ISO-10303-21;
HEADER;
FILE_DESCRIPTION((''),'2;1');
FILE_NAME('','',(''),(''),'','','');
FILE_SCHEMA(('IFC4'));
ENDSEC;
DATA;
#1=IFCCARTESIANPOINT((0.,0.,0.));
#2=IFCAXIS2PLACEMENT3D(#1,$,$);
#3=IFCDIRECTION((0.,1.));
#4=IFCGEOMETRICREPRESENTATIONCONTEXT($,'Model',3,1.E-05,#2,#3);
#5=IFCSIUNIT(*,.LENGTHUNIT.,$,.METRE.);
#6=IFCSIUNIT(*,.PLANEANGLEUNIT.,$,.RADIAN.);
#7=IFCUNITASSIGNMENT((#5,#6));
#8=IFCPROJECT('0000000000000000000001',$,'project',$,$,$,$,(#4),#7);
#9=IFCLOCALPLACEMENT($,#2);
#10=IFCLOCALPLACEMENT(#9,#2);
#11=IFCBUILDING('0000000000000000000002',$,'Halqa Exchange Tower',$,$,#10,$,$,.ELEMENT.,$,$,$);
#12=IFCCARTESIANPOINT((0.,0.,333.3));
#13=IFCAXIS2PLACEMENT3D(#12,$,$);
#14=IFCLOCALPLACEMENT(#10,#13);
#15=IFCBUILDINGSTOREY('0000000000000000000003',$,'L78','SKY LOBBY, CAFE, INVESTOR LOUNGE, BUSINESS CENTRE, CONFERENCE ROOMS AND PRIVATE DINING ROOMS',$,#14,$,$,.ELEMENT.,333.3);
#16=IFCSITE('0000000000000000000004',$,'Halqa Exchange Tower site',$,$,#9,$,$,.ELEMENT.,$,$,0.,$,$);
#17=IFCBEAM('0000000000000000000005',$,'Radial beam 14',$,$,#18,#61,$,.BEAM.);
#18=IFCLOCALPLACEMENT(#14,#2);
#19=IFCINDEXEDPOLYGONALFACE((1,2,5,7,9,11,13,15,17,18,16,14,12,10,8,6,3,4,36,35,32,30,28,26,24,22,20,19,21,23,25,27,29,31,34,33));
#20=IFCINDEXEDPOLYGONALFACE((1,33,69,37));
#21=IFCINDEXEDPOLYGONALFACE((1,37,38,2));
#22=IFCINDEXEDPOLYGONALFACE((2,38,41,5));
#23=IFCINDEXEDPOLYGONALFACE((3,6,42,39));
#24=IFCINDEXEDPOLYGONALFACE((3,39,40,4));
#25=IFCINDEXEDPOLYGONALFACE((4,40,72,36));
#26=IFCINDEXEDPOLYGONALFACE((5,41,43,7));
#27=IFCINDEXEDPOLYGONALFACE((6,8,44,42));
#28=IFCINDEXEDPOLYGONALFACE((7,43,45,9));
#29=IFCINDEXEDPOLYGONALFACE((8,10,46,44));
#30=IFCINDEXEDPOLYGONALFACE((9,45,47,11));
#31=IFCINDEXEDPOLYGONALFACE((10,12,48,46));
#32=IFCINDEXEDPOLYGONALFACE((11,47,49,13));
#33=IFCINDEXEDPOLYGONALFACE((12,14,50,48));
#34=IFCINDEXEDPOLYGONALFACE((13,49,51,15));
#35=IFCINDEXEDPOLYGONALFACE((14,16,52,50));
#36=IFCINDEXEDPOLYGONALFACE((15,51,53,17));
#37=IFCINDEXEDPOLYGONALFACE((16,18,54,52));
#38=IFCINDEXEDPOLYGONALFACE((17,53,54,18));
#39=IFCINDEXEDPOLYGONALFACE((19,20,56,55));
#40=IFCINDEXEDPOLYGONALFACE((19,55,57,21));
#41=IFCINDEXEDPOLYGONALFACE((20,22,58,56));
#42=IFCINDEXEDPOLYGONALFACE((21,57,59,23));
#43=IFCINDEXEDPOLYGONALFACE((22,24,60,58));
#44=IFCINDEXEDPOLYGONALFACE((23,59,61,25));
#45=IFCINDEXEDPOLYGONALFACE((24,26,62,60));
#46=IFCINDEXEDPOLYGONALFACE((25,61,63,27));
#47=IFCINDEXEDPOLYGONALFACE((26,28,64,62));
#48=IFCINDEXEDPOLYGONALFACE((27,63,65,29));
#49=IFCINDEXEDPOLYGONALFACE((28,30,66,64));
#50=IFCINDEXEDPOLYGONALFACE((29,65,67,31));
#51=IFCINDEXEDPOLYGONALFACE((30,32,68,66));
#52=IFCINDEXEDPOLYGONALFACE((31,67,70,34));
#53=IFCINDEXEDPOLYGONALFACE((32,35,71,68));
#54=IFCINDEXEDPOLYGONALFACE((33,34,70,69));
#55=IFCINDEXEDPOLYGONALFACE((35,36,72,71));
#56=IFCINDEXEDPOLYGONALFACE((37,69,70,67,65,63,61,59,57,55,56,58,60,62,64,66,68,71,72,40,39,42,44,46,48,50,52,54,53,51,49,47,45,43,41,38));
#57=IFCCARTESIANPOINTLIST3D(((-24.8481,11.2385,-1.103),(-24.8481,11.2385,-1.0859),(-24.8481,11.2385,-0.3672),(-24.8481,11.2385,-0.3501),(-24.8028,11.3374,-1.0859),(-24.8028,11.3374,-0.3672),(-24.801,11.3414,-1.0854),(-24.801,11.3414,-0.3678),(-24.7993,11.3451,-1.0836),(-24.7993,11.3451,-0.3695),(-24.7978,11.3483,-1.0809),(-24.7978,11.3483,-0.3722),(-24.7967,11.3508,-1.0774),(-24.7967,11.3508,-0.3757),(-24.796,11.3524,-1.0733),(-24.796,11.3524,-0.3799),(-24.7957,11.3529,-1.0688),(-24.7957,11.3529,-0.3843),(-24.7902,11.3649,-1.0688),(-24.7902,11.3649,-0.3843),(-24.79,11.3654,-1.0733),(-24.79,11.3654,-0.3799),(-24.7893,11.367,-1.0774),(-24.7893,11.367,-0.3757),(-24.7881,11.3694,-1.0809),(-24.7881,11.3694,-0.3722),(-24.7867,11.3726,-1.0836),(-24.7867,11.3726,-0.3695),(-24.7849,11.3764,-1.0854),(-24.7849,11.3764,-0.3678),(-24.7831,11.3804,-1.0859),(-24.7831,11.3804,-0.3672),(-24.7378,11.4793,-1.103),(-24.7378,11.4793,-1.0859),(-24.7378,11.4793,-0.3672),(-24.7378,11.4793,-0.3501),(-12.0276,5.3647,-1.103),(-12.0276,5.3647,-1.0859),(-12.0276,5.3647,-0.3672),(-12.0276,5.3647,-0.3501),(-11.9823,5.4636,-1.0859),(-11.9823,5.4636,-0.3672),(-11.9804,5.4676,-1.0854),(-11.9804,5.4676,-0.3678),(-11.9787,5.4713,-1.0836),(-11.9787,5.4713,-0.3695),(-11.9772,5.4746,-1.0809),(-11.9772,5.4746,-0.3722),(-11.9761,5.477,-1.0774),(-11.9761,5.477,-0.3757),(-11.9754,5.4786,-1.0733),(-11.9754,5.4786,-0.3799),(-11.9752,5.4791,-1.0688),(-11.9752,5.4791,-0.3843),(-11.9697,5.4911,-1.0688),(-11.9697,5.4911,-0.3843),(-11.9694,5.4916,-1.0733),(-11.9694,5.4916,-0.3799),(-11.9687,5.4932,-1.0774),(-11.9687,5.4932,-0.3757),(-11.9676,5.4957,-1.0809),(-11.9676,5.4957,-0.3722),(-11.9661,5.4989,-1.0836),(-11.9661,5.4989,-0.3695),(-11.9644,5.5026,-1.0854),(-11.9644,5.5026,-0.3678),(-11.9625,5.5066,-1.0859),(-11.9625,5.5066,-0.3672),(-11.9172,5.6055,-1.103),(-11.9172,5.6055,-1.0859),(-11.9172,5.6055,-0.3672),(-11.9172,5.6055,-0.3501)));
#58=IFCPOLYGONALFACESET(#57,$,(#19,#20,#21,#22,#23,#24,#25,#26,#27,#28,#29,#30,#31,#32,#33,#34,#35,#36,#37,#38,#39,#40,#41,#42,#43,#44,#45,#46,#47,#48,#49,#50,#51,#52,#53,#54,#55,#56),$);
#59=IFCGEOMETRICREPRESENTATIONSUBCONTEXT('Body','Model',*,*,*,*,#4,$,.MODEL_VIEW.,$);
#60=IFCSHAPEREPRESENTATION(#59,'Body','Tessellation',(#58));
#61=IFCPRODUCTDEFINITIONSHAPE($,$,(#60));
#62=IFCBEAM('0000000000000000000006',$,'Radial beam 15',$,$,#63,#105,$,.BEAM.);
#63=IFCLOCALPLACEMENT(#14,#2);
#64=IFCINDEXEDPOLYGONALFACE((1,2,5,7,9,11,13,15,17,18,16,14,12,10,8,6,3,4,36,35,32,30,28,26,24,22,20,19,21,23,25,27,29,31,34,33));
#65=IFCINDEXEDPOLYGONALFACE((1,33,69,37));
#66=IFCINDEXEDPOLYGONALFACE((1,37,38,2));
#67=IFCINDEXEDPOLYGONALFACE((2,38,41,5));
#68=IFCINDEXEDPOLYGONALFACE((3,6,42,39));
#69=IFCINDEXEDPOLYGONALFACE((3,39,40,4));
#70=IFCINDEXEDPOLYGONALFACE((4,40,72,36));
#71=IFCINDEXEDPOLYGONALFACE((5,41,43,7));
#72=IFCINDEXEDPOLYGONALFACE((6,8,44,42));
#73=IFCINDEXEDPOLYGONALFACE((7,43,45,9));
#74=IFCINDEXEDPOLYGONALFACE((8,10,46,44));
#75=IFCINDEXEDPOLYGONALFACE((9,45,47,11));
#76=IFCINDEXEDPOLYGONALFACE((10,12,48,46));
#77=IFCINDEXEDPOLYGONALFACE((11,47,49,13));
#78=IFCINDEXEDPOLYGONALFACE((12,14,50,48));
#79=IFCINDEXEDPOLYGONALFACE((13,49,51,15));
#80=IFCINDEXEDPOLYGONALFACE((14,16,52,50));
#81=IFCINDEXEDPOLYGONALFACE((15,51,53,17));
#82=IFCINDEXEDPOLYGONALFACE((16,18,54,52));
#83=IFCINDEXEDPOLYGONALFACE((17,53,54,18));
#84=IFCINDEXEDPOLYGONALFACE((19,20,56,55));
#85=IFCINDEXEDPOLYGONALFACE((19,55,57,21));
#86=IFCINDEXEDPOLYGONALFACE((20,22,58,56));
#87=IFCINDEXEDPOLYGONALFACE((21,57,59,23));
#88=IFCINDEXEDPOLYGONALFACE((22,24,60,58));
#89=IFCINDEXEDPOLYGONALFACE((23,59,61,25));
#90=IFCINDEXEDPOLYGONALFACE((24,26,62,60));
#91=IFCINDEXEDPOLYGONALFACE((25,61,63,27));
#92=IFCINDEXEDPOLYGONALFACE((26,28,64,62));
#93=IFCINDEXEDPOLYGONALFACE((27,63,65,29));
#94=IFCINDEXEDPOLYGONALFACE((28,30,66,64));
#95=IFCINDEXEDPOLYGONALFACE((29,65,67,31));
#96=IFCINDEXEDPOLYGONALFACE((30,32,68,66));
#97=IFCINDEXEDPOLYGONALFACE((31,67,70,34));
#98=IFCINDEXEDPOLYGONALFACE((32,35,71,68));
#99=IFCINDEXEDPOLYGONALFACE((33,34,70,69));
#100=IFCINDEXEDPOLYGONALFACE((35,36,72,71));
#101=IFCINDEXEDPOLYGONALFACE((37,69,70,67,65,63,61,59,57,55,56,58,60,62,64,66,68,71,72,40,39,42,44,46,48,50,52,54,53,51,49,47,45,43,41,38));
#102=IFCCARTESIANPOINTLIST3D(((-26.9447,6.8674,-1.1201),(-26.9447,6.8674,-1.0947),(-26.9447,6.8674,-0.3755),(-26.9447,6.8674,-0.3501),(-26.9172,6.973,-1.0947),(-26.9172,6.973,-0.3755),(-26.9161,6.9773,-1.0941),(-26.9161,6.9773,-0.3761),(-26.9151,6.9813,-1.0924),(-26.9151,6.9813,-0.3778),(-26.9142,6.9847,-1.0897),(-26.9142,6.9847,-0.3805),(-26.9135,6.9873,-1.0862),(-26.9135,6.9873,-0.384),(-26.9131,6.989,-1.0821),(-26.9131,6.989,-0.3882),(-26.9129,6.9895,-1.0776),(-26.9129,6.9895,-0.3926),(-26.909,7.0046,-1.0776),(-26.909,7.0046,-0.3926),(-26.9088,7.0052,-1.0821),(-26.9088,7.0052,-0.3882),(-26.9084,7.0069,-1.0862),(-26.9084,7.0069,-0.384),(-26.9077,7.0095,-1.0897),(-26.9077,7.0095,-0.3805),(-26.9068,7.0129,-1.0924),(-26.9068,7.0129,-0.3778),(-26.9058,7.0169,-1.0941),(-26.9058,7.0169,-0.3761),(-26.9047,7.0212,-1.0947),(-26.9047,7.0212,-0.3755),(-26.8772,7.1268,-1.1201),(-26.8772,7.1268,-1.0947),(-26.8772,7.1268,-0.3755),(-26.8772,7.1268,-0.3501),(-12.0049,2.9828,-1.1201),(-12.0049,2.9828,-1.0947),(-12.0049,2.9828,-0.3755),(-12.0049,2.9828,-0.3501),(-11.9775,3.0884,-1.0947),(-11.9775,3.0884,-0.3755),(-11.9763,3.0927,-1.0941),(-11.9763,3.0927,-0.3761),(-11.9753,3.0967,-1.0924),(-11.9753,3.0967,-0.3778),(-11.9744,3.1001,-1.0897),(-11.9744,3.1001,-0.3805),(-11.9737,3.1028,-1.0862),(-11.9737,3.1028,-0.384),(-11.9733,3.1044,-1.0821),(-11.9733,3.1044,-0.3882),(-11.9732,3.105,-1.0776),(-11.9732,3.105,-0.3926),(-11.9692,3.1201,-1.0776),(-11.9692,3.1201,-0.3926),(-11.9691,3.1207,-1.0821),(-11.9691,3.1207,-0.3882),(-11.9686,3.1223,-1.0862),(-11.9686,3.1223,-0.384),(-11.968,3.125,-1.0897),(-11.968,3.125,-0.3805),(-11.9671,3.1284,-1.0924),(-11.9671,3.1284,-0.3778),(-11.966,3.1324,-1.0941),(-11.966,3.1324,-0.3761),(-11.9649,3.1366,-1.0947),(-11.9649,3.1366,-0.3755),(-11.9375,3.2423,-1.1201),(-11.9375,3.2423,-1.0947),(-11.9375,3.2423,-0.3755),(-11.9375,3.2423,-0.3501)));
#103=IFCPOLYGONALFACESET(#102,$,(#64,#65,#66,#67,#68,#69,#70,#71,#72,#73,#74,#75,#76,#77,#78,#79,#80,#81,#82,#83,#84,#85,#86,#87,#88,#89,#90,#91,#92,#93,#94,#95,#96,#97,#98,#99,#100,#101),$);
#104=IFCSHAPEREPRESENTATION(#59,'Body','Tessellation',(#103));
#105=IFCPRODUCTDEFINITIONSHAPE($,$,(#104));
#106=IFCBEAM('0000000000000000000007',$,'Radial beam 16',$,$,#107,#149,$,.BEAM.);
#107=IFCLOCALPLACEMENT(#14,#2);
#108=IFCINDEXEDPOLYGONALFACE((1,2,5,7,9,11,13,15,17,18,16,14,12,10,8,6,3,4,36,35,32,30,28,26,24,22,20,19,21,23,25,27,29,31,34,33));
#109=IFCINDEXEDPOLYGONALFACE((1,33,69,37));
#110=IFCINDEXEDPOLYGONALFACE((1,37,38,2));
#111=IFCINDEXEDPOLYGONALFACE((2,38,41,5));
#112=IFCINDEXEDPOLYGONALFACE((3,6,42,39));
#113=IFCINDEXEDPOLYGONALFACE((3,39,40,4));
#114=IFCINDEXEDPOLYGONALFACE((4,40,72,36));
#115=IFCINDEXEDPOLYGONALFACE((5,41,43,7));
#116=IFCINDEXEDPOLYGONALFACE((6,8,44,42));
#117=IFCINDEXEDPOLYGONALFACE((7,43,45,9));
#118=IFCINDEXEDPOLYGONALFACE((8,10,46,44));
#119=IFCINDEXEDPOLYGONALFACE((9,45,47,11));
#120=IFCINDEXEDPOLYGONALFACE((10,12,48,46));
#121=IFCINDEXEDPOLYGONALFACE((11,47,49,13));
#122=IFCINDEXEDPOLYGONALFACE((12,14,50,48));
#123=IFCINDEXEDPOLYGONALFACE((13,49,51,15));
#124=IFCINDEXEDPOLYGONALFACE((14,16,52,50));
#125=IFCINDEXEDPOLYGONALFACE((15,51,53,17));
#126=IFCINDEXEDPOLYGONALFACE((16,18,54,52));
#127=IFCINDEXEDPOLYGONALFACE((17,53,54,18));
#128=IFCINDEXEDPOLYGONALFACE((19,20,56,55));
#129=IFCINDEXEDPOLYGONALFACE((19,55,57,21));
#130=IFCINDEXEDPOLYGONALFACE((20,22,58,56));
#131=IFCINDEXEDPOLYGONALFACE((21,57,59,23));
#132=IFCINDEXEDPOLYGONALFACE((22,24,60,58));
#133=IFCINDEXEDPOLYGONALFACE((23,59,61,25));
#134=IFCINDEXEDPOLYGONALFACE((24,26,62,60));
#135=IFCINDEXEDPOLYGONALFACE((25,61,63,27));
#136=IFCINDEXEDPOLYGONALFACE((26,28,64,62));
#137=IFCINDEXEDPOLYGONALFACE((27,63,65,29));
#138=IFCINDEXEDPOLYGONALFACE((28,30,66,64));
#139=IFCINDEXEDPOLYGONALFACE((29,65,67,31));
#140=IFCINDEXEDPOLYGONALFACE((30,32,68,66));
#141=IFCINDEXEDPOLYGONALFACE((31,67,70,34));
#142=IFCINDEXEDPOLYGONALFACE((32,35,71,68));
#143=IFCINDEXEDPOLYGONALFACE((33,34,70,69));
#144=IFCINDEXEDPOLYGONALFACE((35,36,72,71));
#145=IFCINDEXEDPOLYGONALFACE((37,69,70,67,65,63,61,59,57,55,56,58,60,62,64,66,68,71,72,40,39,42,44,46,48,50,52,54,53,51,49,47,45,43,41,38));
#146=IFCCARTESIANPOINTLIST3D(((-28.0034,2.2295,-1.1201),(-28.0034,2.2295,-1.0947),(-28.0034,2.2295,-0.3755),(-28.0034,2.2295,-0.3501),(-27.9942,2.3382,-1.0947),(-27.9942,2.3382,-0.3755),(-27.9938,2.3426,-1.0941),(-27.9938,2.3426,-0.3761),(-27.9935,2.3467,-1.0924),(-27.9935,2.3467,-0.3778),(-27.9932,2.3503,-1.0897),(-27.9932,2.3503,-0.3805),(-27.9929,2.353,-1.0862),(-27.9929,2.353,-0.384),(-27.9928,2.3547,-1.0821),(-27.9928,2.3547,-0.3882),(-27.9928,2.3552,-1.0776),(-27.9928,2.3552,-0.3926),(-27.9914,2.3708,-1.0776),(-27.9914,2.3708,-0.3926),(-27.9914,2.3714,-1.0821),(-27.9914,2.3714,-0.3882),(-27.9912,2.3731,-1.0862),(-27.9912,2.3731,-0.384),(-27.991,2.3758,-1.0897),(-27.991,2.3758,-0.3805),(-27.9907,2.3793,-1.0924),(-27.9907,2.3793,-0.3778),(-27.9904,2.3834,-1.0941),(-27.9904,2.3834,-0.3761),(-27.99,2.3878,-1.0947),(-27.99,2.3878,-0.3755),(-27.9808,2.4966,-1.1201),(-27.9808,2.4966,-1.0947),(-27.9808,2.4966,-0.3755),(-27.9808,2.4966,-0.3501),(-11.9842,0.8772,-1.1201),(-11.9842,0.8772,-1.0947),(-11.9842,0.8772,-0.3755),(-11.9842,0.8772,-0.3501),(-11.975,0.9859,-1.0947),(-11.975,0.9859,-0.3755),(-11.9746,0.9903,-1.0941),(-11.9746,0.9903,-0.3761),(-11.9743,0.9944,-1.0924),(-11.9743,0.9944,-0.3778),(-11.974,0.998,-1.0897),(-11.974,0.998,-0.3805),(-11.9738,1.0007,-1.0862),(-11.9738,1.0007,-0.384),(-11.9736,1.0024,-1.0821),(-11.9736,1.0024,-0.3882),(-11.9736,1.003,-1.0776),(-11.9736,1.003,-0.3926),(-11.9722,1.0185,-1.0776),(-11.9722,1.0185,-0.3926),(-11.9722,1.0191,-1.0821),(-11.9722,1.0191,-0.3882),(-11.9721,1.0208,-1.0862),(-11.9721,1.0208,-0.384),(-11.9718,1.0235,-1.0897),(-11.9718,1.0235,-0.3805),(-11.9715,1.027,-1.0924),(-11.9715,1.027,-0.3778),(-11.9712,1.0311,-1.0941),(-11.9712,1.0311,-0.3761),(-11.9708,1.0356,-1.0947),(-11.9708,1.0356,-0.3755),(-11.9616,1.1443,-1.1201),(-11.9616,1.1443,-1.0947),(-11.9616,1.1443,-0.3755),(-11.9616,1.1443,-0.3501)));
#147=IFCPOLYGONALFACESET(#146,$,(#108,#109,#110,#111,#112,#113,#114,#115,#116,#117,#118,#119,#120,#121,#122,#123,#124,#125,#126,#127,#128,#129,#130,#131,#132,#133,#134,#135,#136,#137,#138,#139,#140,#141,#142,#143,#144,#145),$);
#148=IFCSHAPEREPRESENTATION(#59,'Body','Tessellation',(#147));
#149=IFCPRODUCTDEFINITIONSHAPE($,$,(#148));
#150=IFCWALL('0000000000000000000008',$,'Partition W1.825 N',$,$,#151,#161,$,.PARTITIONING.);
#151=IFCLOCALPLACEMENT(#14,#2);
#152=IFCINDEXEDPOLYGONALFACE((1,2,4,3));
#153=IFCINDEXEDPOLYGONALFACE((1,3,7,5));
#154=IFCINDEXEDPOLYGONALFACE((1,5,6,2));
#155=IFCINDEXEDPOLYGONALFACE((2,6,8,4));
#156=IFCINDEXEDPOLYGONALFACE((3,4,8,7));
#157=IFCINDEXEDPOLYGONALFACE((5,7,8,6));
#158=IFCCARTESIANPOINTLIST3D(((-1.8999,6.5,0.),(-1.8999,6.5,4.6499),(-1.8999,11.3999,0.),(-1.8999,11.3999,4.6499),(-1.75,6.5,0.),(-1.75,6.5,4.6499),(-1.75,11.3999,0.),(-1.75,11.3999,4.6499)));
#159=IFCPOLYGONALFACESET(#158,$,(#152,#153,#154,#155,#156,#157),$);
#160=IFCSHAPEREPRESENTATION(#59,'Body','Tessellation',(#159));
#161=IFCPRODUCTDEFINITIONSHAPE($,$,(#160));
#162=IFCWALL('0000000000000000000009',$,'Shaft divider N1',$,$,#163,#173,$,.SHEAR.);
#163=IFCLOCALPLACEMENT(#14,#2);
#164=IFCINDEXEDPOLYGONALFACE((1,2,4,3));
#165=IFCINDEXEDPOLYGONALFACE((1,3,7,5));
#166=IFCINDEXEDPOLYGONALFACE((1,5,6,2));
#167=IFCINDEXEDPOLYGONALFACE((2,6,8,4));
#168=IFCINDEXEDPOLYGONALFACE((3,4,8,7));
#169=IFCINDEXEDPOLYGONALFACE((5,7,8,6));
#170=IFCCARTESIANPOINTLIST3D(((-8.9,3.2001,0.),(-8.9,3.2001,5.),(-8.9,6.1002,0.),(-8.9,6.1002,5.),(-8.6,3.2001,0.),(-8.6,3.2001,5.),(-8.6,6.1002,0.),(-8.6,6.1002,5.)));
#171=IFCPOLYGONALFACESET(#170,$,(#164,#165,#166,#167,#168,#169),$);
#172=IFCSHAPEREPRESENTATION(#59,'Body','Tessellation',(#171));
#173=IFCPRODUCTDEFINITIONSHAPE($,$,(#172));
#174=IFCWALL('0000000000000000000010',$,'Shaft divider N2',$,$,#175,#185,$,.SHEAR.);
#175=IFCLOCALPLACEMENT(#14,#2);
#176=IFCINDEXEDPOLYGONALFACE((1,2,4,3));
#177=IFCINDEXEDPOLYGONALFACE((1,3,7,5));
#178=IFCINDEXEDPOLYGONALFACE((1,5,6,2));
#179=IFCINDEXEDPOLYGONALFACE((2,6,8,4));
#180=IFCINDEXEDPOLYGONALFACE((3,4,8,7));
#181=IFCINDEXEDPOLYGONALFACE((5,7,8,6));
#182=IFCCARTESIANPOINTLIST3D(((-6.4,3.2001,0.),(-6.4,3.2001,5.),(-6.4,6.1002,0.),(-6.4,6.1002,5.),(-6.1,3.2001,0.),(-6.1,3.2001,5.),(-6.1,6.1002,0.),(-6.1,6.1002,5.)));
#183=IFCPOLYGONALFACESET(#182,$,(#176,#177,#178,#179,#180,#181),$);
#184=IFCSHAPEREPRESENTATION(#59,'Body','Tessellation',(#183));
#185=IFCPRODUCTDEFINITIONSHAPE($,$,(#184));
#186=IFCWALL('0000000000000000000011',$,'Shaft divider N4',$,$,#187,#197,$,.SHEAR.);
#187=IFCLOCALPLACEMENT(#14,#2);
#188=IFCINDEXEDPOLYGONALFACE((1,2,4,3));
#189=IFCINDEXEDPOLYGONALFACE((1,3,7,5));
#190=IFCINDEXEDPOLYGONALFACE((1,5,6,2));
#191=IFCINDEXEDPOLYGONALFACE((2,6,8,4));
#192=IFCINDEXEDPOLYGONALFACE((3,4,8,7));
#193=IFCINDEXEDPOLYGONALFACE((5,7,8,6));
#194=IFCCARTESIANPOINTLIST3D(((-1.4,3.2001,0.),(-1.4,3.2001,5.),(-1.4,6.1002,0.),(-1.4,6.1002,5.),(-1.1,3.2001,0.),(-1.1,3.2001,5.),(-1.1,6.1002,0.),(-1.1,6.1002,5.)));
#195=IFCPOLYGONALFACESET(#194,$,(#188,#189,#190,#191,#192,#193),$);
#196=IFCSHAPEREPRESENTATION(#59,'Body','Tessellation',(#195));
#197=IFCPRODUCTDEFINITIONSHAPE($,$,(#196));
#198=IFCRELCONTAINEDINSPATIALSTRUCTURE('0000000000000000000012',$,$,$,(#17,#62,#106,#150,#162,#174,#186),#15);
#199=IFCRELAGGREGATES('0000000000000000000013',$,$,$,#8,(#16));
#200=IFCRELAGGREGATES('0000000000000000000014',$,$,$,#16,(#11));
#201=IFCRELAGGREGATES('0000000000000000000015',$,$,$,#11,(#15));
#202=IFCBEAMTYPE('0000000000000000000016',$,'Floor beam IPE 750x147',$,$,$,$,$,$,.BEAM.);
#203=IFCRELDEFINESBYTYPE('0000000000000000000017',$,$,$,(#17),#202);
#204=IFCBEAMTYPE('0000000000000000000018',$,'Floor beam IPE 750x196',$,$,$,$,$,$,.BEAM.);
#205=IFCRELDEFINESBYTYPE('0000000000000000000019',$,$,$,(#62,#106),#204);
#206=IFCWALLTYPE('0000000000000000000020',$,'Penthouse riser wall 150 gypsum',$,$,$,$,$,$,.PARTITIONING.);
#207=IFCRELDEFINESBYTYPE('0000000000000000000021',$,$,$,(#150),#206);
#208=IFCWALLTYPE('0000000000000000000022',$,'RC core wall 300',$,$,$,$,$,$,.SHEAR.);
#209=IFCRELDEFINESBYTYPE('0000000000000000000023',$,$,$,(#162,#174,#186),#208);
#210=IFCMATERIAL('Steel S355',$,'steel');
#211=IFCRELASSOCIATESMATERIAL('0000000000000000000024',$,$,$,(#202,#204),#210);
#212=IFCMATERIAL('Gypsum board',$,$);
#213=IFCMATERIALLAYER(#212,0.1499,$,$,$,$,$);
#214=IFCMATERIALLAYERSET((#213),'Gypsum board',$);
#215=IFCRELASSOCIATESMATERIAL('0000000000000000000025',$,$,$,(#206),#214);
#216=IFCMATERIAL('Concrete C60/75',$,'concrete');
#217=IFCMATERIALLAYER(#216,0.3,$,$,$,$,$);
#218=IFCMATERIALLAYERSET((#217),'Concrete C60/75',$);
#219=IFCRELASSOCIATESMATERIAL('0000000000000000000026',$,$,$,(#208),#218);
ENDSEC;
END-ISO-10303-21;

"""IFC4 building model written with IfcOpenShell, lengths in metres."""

from ifc_helpers import new_model, si_unit, direction, frame, frame_2d, origin, origin_2d, place, context, subcontext, project, spatial, rectangle, i_section, extrude, material, layer, layer_set, material_profile, profile_set, type_object, element, save


model = new_model("IFC4")

# Units and contexts
model_context = context("Model", 3, precision=1e-05, world=origin(), true_north=direction((0.0, 1.0)))
body_context = subcontext(model_context, "Body", "Model", "MODEL_VIEW")
ifc_project = project(units=[si_unit("LENGTHUNIT", "METRE"), si_unit("PLANEANGLEUNIT", "RADIAN")], contexts=[model_context])

# Site, building, storey
site_placement = place(None, origin())
site = spatial("IfcSite", under=ifc_project, at=site_placement, Name="Halqa Exchange Tower site", CompositionType="ELEMENT", RefElevation=0.0)
building_placement = place(site_placement, origin())
building = spatial("IfcBuilding", under=site, at=building_placement, Name="Halqa Exchange Tower", CompositionType="ELEMENT")
storey_placement = place(building_placement, frame((0.0, 0.0, 333.3)))
storey = spatial("IfcBuildingStorey", under=building, at=storey_placement, Name="L78", Description="SKY LOBBY, CAFE, INVESTOR LOUNGE, BUSINESS CENTRE, CONFERENCE ROOMS AND PRIVATE DINING ROOMS", CompositionType="ELEMENT", Elevation=333.3)

# Beams
ifc_material_1 = material(Name="Steel S355", Category="steel")
ifc_material_profile_1 = material_profile(ifc_material_1, i_section(OverallWidth=0.2649, OverallDepth=0.7529, WebThickness=0.0132, FlangeThickness=0.0171, FilletRadius=0.0171, at=origin_2d()), Name="IPE 750x147")
ifc_profile_set_1 = profile_set([ifc_material_profile_1], Name="Steel S355")
beam_type_1 = type_object("IfcBeamType", Name="Floor beam IPE 750x147", PredefinedType="BEAM", material=ifc_profile_set_1)
beam_1_placement = place(storey_placement, frame((-11.9724, 5.4851, -0.7266), z_axis=(-0.909127, 0.416519, 0.0), x_axis=(-0.416519, -0.909127, 0.0)))
element("IfcBeam", 1, at=beam_1_placement, inside=storey, type_object=beam_type_1, Name="Radial beam 14", PredefinedType="BEAM", context=body_context, shape_type="SweptSolid", body=[
    extrude(i_section(OverallWidth=0.2649, OverallDepth=0.7529, WebThickness=0.0132, FlangeThickness=0.0171, FilletRadius=0.0171, at=origin_2d()), origin(), (0.0, 0.0, 1.0), 14.1021),
])
ifc_material_profile_2 = material_profile(ifc_material_1, i_section(OverallWidth=0.2681, OverallDepth=0.77, WebThickness=0.0156, FlangeThickness=0.0254, FilletRadius=0.0171, at=origin_2d()), Name="IPE 750x196")
ifc_profile_set_2 = profile_set([ifc_material_profile_2], Name="Steel S355")
beam_type_2 = type_object("IfcBeamType", Name="Floor beam IPE 750x196", PredefinedType="BEAM", material=ifc_profile_set_2)
beam_2_placement = place(storey_placement, frame((-11.9712, 3.1125, -0.7351), z_axis=(-0.967819, 0.251646, 0.0), x_axis=(-0.251646, -0.967819, 0.0)))
element("IfcBeam", 2, at=beam_2_placement, inside=storey, type_object=beam_type_2, Name="Radial beam 15", PredefinedType="BEAM", context=body_context, shape_type="SweptSolid", body=[
    extrude(i_section(OverallWidth=0.2681, OverallDepth=0.77, WebThickness=0.0156, FlangeThickness=0.0254, FilletRadius=0.0171, at=origin_2d()), origin(), (0.0, 0.0, 1.0), 15.4365),
])
beam_3_placement = place(storey_placement, frame((-11.9729, 1.0107, -0.7351), z_axis=(-0.996456, 0.084117, 0.0), x_axis=(-0.084117, -0.996456, 0.0)))
element("IfcBeam", 3, at=beam_3_placement, inside=storey, type_object=beam_type_2, Name="Radial beam 16", PredefinedType="BEAM", context=body_context, shape_type="SweptSolid", body=[
    extrude(i_section(OverallWidth=0.2681, OverallDepth=0.77, WebThickness=0.0156, FlangeThickness=0.0254, FilletRadius=0.0171, at=origin_2d()), origin(), (0.0, 0.0, 1.0), 16.0762),
])

# Walls
ifc_material_2 = material(Name="Gypsum board")
ifc_layer_1 = layer(ifc_material_2, 0.1499)
ifc_layer_set_1 = layer_set([ifc_layer_1], Name="Gypsum board")
wall_type_1 = type_object("IfcWallType", Name="Penthouse riser wall 150 gypsum", PredefinedType="PARTITIONING", material=ifc_layer_set_1)
wall_1_placement = place(storey_placement, frame((-1.825, 6.5, 0.0), z_axis=(0.0, 0.0, 1.0), x_axis=(0.0, 1.0, 0.0)))
element("IfcWall", 4, at=wall_1_placement, inside=storey, type_object=wall_type_1, Name="Partition W1.825 N", PredefinedType="PARTITIONING", context=body_context, shape_type="SweptSolid", body=[
    extrude(rectangle(XDim=4.8999, YDim=0.1499, at=frame_2d((2.45, 0.0))), origin(), (0.0, 0.0, 1.0), 4.6499),
])
ifc_material_3 = material(Name="Concrete C60/75", Category="concrete")
ifc_layer_2 = layer(ifc_material_3, 0.3)
ifc_layer_set_2 = layer_set([ifc_layer_2], Name="Concrete C60/75")
wall_type_2 = type_object("IfcWallType", Name="RC core wall 300", PredefinedType="SHEAR", material=ifc_layer_set_2)
for number, where, z_axis, x_axis, name in (
    (5, (-8.75, 3.2, 0.0), (0.0, 0.0, 1.0), (0.0, 1.0, 0.0), "Shaft divider N1"),
    (6, (-6.25, 3.2, 0.0), (0.0, 0.0, 1.0), (0.0, 1.0, 0.0), "Shaft divider N2"),
    (7, (-1.25, 3.2, 0.0), (0.0, 0.0, 1.0), (0.0, 1.0, 0.0), "Shaft divider N4"),
):
    element("IfcWall", number, at=place(storey_placement, frame(where, z_axis=z_axis, x_axis=x_axis)), inside=storey, type_object=wall_type_2, Name=name, PredefinedType="SHEAR", context=body_context, shape_type="SweptSolid", body=[
        extrude(rectangle(XDim=2.9001, YDim=0.3, at=frame_2d((1.4502, 0.0))), origin(), (0.0, 0.0, 1.0), 5.0),
    ])

save(model, "model.ifc")
